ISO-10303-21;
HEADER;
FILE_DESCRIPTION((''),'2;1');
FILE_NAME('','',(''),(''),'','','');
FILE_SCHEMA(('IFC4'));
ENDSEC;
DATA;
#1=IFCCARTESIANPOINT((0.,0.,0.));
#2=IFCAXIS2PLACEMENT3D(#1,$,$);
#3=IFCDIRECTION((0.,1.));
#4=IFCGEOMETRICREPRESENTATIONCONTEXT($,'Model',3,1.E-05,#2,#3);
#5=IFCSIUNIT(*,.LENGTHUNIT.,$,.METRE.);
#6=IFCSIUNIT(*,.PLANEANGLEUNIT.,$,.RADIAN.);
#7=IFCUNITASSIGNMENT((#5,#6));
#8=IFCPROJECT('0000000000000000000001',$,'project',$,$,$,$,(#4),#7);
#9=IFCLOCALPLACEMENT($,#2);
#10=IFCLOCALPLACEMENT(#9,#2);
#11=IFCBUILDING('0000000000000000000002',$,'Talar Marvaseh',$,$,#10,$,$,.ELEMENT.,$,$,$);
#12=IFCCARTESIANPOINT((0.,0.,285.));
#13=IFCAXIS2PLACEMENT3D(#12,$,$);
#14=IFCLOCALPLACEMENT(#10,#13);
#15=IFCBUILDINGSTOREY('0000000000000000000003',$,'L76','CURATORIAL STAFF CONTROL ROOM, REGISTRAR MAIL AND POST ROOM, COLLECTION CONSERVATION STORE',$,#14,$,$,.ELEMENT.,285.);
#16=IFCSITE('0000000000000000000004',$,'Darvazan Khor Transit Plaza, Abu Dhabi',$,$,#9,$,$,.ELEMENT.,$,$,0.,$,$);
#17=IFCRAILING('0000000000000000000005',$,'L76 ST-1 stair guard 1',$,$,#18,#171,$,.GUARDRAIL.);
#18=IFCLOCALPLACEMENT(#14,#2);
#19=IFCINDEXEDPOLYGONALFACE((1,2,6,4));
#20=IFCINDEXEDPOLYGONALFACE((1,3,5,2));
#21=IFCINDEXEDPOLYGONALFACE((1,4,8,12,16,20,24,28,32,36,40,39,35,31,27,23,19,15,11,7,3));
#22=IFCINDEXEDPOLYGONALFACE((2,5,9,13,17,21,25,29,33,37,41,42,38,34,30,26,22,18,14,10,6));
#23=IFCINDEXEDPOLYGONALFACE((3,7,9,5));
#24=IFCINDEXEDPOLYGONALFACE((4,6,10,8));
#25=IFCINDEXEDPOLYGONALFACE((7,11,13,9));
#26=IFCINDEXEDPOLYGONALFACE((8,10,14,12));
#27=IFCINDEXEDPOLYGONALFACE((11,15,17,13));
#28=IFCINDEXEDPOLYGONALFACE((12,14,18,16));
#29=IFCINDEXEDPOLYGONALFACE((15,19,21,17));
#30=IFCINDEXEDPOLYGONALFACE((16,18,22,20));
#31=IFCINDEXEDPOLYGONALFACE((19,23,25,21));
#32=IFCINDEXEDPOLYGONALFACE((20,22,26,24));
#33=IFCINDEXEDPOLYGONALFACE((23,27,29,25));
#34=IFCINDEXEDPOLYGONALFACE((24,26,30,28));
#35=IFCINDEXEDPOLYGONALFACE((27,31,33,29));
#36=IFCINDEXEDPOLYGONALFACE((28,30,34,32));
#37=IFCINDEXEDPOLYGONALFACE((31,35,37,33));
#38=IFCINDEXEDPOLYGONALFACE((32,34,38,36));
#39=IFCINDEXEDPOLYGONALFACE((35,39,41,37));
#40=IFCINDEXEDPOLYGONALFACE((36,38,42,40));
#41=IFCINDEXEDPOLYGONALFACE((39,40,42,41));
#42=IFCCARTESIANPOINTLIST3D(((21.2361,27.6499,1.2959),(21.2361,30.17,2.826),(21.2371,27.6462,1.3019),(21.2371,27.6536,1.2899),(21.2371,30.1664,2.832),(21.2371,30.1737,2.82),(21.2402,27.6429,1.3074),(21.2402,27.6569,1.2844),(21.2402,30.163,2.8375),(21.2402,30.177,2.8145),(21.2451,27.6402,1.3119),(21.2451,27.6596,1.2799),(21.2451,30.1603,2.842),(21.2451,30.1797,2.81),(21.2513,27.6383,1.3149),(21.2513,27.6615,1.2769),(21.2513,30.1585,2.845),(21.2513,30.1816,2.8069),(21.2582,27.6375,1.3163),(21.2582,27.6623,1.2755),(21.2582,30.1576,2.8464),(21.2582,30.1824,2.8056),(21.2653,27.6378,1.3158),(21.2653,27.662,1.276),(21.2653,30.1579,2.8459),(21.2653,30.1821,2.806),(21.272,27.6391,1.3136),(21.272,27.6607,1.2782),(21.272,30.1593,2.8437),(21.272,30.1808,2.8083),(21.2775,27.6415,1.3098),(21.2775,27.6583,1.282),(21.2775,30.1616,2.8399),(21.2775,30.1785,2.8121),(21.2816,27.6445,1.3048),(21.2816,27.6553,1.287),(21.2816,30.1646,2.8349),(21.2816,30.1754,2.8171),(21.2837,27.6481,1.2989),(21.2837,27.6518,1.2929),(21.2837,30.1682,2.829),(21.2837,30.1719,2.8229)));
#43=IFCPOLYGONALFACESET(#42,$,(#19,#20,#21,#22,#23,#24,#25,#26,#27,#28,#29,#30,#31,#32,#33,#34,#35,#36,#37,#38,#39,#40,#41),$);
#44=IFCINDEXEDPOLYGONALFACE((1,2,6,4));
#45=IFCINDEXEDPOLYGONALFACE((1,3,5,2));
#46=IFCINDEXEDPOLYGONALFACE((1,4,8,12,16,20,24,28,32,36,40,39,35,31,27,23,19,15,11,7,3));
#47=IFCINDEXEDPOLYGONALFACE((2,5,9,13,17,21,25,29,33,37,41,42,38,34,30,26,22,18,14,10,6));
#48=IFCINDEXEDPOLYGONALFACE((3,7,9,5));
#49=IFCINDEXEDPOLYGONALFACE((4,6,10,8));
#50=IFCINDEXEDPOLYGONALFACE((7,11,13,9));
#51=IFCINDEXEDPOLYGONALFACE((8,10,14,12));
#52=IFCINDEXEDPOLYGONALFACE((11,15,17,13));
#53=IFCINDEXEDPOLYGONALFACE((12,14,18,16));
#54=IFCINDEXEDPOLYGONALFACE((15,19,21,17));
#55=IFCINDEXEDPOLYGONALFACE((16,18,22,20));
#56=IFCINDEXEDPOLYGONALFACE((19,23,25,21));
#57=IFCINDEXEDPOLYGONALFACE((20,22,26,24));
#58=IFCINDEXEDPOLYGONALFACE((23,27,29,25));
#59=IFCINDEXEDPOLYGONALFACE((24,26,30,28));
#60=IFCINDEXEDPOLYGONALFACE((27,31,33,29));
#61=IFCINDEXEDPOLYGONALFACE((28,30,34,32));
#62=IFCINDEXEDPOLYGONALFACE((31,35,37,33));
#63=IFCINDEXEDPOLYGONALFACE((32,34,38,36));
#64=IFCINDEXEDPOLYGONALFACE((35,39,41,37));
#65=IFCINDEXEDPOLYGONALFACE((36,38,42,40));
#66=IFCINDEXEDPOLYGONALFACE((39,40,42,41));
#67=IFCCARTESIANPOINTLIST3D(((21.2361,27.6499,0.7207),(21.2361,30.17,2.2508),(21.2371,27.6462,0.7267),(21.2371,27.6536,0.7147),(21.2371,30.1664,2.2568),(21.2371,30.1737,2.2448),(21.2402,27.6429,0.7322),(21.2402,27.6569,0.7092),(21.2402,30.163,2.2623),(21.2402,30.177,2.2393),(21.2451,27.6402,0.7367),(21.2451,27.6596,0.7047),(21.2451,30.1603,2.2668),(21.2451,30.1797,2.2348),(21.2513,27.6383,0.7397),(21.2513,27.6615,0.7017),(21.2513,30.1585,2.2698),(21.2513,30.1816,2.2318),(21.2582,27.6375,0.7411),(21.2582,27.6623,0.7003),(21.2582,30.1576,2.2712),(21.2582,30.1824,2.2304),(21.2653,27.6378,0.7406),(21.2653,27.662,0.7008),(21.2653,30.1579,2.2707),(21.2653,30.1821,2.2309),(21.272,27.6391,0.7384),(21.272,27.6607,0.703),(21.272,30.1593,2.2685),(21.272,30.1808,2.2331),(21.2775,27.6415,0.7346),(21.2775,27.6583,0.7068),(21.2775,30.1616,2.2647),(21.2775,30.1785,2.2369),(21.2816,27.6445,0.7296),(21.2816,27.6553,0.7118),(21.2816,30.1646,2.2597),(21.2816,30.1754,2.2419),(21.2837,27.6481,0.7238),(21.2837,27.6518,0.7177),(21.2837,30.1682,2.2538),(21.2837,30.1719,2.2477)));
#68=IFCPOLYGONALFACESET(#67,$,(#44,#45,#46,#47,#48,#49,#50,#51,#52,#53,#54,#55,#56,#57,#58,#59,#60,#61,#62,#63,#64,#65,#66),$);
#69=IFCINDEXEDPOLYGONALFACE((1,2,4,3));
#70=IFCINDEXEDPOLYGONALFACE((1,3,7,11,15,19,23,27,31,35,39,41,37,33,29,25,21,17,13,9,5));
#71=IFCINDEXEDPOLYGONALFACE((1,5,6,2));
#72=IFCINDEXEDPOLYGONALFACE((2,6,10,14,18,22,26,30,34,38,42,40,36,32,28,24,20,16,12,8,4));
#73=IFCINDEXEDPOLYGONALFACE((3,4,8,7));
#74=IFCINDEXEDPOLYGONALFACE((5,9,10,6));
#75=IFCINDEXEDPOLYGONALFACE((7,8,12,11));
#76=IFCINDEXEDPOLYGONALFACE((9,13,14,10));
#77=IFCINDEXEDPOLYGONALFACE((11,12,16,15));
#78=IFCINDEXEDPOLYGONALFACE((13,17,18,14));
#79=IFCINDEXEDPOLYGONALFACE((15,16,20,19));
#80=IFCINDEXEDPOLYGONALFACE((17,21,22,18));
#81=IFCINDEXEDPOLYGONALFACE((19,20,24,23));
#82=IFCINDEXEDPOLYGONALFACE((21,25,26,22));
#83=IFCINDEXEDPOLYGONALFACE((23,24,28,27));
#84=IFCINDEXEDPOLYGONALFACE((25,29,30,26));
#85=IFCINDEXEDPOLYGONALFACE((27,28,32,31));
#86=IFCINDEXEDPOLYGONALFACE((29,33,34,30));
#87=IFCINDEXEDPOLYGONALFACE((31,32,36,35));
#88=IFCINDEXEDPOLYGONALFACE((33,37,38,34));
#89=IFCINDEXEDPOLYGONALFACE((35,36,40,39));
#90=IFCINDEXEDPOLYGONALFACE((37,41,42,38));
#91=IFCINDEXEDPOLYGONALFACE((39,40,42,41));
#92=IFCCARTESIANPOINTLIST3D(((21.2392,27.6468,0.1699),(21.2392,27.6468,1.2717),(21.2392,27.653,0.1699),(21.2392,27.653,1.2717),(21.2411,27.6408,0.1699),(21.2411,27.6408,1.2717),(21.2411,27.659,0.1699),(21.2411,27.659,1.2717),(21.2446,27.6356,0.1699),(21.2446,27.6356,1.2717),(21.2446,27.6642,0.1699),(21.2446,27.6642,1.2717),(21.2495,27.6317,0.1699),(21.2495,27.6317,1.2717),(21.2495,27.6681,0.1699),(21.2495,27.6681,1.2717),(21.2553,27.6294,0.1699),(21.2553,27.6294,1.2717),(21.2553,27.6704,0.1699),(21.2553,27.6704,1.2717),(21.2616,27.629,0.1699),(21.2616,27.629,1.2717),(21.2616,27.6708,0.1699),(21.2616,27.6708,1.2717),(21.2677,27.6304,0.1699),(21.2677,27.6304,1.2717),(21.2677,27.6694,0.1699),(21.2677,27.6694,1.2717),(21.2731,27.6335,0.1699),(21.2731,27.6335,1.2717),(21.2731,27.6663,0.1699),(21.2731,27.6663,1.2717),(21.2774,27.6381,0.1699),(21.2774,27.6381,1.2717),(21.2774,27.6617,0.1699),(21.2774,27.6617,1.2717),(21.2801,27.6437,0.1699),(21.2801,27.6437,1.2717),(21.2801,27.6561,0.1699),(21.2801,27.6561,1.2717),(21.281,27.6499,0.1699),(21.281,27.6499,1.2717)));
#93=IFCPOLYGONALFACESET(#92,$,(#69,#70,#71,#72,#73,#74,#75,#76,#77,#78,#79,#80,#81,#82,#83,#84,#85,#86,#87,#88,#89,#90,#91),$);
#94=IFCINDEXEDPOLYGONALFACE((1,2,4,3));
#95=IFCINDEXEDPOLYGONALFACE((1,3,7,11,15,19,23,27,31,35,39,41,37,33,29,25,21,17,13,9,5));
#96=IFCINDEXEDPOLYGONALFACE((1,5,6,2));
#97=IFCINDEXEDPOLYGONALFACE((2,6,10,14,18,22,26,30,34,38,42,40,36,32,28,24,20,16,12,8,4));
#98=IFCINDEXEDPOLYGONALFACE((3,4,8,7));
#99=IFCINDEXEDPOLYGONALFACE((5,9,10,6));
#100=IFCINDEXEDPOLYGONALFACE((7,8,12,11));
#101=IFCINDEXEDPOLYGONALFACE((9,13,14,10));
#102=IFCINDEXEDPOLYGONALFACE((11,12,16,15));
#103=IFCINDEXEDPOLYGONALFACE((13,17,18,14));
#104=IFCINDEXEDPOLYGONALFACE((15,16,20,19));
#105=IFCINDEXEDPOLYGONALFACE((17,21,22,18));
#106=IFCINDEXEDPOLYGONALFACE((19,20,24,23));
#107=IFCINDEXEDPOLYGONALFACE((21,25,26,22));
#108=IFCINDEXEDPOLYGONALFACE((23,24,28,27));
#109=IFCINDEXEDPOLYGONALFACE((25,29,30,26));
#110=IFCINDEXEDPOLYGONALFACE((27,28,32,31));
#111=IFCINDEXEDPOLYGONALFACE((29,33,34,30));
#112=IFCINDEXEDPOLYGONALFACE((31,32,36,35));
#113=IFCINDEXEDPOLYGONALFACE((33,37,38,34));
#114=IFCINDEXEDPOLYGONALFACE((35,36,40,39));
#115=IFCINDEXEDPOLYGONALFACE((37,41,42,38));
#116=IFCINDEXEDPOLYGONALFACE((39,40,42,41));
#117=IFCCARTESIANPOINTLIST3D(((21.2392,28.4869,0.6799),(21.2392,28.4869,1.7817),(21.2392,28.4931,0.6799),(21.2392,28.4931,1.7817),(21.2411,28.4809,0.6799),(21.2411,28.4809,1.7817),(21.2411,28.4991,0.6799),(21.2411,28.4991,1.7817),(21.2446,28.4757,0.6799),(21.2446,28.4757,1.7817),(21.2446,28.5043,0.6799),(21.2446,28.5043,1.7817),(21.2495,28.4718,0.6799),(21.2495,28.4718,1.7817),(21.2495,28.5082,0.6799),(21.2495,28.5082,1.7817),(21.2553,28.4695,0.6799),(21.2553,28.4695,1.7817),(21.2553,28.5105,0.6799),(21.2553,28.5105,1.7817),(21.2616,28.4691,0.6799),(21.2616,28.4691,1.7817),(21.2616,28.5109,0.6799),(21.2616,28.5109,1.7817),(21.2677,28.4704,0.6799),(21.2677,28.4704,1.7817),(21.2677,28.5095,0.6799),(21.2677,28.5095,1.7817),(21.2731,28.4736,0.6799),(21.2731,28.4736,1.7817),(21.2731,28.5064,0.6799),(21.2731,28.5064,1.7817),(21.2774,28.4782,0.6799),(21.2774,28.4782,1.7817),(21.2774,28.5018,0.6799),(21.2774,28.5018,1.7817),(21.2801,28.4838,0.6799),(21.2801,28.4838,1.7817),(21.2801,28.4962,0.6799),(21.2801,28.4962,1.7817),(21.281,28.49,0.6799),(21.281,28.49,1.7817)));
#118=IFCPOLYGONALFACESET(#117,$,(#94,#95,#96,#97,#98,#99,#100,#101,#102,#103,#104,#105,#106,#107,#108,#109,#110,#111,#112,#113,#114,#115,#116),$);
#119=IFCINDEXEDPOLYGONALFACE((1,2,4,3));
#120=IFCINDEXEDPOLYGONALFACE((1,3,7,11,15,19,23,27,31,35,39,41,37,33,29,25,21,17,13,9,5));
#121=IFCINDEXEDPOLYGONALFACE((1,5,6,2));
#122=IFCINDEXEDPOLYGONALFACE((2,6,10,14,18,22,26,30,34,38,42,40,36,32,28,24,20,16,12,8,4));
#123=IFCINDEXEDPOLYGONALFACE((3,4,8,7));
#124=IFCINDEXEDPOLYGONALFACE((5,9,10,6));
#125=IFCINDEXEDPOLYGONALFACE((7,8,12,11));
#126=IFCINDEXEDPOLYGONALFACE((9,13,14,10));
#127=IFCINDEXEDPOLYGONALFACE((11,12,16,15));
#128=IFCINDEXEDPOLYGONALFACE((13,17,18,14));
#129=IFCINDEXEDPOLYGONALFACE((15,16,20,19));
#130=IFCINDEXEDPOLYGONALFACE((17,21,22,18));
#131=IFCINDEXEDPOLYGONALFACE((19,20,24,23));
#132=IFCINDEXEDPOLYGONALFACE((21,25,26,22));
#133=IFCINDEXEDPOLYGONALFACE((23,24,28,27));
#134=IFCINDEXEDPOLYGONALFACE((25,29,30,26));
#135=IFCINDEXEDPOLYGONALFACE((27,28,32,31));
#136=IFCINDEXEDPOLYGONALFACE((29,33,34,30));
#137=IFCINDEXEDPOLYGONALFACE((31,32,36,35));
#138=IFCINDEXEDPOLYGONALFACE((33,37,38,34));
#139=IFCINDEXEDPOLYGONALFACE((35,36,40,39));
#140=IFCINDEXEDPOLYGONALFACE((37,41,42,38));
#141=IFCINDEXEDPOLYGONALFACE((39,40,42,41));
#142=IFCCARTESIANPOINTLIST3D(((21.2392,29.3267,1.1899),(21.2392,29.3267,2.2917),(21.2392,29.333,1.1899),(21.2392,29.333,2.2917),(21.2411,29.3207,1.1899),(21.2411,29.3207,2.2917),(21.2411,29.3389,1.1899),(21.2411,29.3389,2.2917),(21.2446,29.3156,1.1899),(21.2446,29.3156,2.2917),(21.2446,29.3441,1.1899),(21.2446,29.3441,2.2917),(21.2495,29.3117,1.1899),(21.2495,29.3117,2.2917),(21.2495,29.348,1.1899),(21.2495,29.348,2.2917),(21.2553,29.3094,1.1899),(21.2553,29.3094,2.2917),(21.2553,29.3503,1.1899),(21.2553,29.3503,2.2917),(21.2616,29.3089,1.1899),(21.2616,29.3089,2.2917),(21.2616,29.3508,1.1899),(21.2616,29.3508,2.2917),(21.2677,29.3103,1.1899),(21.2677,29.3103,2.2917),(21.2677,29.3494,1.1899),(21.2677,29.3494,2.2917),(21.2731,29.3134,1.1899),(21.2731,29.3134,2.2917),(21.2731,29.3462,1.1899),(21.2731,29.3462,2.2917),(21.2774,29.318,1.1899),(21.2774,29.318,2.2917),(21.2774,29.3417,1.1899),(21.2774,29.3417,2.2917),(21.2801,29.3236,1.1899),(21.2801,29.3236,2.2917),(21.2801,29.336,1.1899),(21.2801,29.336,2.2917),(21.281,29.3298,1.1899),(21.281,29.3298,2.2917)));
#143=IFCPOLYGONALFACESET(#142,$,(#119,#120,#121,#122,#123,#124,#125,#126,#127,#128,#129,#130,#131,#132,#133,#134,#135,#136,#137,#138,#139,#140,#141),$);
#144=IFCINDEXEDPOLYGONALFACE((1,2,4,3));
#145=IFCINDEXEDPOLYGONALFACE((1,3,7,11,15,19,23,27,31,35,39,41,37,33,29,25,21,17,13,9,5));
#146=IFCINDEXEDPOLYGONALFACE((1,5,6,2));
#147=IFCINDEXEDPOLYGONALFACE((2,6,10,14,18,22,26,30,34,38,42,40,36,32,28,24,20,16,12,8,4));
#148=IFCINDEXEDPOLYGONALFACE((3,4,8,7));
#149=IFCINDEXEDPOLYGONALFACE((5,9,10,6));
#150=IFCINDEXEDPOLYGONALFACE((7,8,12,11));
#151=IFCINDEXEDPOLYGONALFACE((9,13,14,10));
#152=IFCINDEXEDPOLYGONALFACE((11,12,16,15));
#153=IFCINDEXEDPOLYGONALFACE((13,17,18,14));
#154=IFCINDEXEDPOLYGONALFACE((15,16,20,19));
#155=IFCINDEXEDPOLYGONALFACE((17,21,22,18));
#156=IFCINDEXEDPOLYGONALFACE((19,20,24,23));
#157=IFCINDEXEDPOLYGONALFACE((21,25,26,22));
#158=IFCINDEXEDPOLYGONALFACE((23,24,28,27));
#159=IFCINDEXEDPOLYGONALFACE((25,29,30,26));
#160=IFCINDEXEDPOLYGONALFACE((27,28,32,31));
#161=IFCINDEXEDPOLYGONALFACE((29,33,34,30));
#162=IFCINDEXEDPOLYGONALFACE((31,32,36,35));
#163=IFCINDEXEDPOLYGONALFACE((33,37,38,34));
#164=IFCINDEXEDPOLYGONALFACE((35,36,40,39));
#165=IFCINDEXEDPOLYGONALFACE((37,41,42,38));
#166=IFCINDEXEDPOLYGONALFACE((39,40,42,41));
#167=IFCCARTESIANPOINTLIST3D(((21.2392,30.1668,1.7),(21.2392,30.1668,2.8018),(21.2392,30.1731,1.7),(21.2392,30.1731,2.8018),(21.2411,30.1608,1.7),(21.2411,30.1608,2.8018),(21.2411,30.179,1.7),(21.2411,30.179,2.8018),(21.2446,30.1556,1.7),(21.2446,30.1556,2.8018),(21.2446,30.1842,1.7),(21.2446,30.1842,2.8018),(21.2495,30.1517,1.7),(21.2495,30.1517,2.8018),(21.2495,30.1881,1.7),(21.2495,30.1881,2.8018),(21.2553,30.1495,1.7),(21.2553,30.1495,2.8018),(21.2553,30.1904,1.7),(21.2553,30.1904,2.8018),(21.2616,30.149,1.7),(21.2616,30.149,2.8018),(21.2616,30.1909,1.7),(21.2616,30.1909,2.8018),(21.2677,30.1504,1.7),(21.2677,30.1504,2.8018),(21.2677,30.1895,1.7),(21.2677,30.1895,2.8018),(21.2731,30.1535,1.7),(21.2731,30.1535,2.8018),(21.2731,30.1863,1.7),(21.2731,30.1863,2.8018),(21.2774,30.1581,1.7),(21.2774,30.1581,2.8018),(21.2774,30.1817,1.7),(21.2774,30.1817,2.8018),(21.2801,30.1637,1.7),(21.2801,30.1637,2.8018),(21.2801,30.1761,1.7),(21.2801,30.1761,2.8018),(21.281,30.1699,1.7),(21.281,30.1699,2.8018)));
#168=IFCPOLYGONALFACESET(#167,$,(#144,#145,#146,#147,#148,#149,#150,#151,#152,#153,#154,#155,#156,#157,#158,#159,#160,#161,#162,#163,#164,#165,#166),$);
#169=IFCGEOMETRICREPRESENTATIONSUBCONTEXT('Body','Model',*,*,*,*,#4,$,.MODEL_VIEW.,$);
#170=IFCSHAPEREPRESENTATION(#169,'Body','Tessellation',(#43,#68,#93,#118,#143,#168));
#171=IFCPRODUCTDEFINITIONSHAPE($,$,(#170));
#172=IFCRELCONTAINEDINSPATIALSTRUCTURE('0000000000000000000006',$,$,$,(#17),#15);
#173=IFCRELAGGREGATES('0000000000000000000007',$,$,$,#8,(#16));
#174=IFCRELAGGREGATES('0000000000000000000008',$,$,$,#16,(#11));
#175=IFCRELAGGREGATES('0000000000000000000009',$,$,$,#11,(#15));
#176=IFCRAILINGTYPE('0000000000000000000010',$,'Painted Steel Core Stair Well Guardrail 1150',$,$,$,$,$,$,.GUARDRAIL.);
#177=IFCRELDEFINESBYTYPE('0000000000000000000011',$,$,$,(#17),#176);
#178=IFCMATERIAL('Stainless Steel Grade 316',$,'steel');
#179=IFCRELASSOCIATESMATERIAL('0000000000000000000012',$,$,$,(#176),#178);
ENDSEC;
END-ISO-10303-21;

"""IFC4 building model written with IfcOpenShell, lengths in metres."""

from ifc_helpers import new_model, si_unit, direction, frame, origin, origin_2d, place, context, subcontext, project, spatial, circle, extrude, material, type_object, element, save


model = new_model("IFC4")

# Units and contexts
model_context = context("Model", 3, precision=1e-05, world=origin(), true_north=direction((0.0, 1.0)))
body_context = subcontext(model_context, "Body", "Model", "MODEL_VIEW")
ifc_project = project(units=[si_unit("LENGTHUNIT", "METRE"), si_unit("PLANEANGLEUNIT", "RADIAN")], contexts=[model_context])

# Site, building, storey
site_placement = place(None, origin())
site = spatial("IfcSite", under=ifc_project, at=site_placement, Name="Darvazan Khor Transit Plaza, Abu Dhabi", CompositionType="ELEMENT", RefElevation=0.0)
building_placement = place(site_placement, origin())
building = spatial("IfcBuilding", under=site, at=building_placement, Name="Talar Marvaseh", CompositionType="ELEMENT")
storey_placement = place(building_placement, frame((0.0, 0.0, 285.0)))
storey = spatial("IfcBuildingStorey", under=building, at=storey_placement, Name="L76", Description="CURATORIAL STAFF CONTROL ROOM, REGISTRAR MAIL AND POST ROOM, COLLECTION CONSERVATION STORE", CompositionType="ELEMENT", Elevation=285.0)

# Railing
ifc_material_1 = material(Name="Stainless Steel Grade 316", Category="steel")
railing_type_1 = type_object("IfcRailingType", Name="Painted Steel Core Stair Well Guardrail 1150", PredefinedType="GUARDRAIL", material=ifc_material_1)
railing_1_placement = place(storey_placement, frame((21.26, 27.6499, 0.1699)))
element("IfcRailing", 1, at=railing_1_placement, inside=storey, type_object=railing_type_1, Name="L76 ST-1 stair guard 1", PredefinedType="GUARDRAIL", context=body_context, shape_type="SweptSolid", body=[
    extrude(circle(Radius=0.0239, at=origin_2d()), frame((0.0, 0.0, 1.126), z_axis=(0.0, 0.854785, 0.518982), x_axis=(-1.0, 0.0, 0.0)), (0.0, 0.0, 1.0), 2.9482),
    extrude(circle(Radius=0.0239, at=origin_2d()), frame((0.0, 0.0, 0.5508), z_axis=(0.0, 0.854785, 0.518982), x_axis=(-1.0, 0.0, 0.0)), (0.0, 0.0, 1.0), 2.9482),
    extrude(circle(Radius=0.021, at=origin_2d()), origin(), (0.0, 0.0, 1.0), 1.1018),
    extrude(circle(Radius=0.021, at=origin_2d()), frame((0.0, 0.8401, 0.51)), (0.0, 0.0, 1.0), 1.1018),
    extrude(circle(Radius=0.021, at=origin_2d()), frame((0.0, 1.6799, 1.02)), (0.0, 0.0, 1.0), 1.1018),
    extrude(circle(Radius=0.021, at=origin_2d()), frame((0.0, 2.52, 1.53)), (0.0, 0.0, 1.0), 1.1018),
])

save(model, "model.ifc")
